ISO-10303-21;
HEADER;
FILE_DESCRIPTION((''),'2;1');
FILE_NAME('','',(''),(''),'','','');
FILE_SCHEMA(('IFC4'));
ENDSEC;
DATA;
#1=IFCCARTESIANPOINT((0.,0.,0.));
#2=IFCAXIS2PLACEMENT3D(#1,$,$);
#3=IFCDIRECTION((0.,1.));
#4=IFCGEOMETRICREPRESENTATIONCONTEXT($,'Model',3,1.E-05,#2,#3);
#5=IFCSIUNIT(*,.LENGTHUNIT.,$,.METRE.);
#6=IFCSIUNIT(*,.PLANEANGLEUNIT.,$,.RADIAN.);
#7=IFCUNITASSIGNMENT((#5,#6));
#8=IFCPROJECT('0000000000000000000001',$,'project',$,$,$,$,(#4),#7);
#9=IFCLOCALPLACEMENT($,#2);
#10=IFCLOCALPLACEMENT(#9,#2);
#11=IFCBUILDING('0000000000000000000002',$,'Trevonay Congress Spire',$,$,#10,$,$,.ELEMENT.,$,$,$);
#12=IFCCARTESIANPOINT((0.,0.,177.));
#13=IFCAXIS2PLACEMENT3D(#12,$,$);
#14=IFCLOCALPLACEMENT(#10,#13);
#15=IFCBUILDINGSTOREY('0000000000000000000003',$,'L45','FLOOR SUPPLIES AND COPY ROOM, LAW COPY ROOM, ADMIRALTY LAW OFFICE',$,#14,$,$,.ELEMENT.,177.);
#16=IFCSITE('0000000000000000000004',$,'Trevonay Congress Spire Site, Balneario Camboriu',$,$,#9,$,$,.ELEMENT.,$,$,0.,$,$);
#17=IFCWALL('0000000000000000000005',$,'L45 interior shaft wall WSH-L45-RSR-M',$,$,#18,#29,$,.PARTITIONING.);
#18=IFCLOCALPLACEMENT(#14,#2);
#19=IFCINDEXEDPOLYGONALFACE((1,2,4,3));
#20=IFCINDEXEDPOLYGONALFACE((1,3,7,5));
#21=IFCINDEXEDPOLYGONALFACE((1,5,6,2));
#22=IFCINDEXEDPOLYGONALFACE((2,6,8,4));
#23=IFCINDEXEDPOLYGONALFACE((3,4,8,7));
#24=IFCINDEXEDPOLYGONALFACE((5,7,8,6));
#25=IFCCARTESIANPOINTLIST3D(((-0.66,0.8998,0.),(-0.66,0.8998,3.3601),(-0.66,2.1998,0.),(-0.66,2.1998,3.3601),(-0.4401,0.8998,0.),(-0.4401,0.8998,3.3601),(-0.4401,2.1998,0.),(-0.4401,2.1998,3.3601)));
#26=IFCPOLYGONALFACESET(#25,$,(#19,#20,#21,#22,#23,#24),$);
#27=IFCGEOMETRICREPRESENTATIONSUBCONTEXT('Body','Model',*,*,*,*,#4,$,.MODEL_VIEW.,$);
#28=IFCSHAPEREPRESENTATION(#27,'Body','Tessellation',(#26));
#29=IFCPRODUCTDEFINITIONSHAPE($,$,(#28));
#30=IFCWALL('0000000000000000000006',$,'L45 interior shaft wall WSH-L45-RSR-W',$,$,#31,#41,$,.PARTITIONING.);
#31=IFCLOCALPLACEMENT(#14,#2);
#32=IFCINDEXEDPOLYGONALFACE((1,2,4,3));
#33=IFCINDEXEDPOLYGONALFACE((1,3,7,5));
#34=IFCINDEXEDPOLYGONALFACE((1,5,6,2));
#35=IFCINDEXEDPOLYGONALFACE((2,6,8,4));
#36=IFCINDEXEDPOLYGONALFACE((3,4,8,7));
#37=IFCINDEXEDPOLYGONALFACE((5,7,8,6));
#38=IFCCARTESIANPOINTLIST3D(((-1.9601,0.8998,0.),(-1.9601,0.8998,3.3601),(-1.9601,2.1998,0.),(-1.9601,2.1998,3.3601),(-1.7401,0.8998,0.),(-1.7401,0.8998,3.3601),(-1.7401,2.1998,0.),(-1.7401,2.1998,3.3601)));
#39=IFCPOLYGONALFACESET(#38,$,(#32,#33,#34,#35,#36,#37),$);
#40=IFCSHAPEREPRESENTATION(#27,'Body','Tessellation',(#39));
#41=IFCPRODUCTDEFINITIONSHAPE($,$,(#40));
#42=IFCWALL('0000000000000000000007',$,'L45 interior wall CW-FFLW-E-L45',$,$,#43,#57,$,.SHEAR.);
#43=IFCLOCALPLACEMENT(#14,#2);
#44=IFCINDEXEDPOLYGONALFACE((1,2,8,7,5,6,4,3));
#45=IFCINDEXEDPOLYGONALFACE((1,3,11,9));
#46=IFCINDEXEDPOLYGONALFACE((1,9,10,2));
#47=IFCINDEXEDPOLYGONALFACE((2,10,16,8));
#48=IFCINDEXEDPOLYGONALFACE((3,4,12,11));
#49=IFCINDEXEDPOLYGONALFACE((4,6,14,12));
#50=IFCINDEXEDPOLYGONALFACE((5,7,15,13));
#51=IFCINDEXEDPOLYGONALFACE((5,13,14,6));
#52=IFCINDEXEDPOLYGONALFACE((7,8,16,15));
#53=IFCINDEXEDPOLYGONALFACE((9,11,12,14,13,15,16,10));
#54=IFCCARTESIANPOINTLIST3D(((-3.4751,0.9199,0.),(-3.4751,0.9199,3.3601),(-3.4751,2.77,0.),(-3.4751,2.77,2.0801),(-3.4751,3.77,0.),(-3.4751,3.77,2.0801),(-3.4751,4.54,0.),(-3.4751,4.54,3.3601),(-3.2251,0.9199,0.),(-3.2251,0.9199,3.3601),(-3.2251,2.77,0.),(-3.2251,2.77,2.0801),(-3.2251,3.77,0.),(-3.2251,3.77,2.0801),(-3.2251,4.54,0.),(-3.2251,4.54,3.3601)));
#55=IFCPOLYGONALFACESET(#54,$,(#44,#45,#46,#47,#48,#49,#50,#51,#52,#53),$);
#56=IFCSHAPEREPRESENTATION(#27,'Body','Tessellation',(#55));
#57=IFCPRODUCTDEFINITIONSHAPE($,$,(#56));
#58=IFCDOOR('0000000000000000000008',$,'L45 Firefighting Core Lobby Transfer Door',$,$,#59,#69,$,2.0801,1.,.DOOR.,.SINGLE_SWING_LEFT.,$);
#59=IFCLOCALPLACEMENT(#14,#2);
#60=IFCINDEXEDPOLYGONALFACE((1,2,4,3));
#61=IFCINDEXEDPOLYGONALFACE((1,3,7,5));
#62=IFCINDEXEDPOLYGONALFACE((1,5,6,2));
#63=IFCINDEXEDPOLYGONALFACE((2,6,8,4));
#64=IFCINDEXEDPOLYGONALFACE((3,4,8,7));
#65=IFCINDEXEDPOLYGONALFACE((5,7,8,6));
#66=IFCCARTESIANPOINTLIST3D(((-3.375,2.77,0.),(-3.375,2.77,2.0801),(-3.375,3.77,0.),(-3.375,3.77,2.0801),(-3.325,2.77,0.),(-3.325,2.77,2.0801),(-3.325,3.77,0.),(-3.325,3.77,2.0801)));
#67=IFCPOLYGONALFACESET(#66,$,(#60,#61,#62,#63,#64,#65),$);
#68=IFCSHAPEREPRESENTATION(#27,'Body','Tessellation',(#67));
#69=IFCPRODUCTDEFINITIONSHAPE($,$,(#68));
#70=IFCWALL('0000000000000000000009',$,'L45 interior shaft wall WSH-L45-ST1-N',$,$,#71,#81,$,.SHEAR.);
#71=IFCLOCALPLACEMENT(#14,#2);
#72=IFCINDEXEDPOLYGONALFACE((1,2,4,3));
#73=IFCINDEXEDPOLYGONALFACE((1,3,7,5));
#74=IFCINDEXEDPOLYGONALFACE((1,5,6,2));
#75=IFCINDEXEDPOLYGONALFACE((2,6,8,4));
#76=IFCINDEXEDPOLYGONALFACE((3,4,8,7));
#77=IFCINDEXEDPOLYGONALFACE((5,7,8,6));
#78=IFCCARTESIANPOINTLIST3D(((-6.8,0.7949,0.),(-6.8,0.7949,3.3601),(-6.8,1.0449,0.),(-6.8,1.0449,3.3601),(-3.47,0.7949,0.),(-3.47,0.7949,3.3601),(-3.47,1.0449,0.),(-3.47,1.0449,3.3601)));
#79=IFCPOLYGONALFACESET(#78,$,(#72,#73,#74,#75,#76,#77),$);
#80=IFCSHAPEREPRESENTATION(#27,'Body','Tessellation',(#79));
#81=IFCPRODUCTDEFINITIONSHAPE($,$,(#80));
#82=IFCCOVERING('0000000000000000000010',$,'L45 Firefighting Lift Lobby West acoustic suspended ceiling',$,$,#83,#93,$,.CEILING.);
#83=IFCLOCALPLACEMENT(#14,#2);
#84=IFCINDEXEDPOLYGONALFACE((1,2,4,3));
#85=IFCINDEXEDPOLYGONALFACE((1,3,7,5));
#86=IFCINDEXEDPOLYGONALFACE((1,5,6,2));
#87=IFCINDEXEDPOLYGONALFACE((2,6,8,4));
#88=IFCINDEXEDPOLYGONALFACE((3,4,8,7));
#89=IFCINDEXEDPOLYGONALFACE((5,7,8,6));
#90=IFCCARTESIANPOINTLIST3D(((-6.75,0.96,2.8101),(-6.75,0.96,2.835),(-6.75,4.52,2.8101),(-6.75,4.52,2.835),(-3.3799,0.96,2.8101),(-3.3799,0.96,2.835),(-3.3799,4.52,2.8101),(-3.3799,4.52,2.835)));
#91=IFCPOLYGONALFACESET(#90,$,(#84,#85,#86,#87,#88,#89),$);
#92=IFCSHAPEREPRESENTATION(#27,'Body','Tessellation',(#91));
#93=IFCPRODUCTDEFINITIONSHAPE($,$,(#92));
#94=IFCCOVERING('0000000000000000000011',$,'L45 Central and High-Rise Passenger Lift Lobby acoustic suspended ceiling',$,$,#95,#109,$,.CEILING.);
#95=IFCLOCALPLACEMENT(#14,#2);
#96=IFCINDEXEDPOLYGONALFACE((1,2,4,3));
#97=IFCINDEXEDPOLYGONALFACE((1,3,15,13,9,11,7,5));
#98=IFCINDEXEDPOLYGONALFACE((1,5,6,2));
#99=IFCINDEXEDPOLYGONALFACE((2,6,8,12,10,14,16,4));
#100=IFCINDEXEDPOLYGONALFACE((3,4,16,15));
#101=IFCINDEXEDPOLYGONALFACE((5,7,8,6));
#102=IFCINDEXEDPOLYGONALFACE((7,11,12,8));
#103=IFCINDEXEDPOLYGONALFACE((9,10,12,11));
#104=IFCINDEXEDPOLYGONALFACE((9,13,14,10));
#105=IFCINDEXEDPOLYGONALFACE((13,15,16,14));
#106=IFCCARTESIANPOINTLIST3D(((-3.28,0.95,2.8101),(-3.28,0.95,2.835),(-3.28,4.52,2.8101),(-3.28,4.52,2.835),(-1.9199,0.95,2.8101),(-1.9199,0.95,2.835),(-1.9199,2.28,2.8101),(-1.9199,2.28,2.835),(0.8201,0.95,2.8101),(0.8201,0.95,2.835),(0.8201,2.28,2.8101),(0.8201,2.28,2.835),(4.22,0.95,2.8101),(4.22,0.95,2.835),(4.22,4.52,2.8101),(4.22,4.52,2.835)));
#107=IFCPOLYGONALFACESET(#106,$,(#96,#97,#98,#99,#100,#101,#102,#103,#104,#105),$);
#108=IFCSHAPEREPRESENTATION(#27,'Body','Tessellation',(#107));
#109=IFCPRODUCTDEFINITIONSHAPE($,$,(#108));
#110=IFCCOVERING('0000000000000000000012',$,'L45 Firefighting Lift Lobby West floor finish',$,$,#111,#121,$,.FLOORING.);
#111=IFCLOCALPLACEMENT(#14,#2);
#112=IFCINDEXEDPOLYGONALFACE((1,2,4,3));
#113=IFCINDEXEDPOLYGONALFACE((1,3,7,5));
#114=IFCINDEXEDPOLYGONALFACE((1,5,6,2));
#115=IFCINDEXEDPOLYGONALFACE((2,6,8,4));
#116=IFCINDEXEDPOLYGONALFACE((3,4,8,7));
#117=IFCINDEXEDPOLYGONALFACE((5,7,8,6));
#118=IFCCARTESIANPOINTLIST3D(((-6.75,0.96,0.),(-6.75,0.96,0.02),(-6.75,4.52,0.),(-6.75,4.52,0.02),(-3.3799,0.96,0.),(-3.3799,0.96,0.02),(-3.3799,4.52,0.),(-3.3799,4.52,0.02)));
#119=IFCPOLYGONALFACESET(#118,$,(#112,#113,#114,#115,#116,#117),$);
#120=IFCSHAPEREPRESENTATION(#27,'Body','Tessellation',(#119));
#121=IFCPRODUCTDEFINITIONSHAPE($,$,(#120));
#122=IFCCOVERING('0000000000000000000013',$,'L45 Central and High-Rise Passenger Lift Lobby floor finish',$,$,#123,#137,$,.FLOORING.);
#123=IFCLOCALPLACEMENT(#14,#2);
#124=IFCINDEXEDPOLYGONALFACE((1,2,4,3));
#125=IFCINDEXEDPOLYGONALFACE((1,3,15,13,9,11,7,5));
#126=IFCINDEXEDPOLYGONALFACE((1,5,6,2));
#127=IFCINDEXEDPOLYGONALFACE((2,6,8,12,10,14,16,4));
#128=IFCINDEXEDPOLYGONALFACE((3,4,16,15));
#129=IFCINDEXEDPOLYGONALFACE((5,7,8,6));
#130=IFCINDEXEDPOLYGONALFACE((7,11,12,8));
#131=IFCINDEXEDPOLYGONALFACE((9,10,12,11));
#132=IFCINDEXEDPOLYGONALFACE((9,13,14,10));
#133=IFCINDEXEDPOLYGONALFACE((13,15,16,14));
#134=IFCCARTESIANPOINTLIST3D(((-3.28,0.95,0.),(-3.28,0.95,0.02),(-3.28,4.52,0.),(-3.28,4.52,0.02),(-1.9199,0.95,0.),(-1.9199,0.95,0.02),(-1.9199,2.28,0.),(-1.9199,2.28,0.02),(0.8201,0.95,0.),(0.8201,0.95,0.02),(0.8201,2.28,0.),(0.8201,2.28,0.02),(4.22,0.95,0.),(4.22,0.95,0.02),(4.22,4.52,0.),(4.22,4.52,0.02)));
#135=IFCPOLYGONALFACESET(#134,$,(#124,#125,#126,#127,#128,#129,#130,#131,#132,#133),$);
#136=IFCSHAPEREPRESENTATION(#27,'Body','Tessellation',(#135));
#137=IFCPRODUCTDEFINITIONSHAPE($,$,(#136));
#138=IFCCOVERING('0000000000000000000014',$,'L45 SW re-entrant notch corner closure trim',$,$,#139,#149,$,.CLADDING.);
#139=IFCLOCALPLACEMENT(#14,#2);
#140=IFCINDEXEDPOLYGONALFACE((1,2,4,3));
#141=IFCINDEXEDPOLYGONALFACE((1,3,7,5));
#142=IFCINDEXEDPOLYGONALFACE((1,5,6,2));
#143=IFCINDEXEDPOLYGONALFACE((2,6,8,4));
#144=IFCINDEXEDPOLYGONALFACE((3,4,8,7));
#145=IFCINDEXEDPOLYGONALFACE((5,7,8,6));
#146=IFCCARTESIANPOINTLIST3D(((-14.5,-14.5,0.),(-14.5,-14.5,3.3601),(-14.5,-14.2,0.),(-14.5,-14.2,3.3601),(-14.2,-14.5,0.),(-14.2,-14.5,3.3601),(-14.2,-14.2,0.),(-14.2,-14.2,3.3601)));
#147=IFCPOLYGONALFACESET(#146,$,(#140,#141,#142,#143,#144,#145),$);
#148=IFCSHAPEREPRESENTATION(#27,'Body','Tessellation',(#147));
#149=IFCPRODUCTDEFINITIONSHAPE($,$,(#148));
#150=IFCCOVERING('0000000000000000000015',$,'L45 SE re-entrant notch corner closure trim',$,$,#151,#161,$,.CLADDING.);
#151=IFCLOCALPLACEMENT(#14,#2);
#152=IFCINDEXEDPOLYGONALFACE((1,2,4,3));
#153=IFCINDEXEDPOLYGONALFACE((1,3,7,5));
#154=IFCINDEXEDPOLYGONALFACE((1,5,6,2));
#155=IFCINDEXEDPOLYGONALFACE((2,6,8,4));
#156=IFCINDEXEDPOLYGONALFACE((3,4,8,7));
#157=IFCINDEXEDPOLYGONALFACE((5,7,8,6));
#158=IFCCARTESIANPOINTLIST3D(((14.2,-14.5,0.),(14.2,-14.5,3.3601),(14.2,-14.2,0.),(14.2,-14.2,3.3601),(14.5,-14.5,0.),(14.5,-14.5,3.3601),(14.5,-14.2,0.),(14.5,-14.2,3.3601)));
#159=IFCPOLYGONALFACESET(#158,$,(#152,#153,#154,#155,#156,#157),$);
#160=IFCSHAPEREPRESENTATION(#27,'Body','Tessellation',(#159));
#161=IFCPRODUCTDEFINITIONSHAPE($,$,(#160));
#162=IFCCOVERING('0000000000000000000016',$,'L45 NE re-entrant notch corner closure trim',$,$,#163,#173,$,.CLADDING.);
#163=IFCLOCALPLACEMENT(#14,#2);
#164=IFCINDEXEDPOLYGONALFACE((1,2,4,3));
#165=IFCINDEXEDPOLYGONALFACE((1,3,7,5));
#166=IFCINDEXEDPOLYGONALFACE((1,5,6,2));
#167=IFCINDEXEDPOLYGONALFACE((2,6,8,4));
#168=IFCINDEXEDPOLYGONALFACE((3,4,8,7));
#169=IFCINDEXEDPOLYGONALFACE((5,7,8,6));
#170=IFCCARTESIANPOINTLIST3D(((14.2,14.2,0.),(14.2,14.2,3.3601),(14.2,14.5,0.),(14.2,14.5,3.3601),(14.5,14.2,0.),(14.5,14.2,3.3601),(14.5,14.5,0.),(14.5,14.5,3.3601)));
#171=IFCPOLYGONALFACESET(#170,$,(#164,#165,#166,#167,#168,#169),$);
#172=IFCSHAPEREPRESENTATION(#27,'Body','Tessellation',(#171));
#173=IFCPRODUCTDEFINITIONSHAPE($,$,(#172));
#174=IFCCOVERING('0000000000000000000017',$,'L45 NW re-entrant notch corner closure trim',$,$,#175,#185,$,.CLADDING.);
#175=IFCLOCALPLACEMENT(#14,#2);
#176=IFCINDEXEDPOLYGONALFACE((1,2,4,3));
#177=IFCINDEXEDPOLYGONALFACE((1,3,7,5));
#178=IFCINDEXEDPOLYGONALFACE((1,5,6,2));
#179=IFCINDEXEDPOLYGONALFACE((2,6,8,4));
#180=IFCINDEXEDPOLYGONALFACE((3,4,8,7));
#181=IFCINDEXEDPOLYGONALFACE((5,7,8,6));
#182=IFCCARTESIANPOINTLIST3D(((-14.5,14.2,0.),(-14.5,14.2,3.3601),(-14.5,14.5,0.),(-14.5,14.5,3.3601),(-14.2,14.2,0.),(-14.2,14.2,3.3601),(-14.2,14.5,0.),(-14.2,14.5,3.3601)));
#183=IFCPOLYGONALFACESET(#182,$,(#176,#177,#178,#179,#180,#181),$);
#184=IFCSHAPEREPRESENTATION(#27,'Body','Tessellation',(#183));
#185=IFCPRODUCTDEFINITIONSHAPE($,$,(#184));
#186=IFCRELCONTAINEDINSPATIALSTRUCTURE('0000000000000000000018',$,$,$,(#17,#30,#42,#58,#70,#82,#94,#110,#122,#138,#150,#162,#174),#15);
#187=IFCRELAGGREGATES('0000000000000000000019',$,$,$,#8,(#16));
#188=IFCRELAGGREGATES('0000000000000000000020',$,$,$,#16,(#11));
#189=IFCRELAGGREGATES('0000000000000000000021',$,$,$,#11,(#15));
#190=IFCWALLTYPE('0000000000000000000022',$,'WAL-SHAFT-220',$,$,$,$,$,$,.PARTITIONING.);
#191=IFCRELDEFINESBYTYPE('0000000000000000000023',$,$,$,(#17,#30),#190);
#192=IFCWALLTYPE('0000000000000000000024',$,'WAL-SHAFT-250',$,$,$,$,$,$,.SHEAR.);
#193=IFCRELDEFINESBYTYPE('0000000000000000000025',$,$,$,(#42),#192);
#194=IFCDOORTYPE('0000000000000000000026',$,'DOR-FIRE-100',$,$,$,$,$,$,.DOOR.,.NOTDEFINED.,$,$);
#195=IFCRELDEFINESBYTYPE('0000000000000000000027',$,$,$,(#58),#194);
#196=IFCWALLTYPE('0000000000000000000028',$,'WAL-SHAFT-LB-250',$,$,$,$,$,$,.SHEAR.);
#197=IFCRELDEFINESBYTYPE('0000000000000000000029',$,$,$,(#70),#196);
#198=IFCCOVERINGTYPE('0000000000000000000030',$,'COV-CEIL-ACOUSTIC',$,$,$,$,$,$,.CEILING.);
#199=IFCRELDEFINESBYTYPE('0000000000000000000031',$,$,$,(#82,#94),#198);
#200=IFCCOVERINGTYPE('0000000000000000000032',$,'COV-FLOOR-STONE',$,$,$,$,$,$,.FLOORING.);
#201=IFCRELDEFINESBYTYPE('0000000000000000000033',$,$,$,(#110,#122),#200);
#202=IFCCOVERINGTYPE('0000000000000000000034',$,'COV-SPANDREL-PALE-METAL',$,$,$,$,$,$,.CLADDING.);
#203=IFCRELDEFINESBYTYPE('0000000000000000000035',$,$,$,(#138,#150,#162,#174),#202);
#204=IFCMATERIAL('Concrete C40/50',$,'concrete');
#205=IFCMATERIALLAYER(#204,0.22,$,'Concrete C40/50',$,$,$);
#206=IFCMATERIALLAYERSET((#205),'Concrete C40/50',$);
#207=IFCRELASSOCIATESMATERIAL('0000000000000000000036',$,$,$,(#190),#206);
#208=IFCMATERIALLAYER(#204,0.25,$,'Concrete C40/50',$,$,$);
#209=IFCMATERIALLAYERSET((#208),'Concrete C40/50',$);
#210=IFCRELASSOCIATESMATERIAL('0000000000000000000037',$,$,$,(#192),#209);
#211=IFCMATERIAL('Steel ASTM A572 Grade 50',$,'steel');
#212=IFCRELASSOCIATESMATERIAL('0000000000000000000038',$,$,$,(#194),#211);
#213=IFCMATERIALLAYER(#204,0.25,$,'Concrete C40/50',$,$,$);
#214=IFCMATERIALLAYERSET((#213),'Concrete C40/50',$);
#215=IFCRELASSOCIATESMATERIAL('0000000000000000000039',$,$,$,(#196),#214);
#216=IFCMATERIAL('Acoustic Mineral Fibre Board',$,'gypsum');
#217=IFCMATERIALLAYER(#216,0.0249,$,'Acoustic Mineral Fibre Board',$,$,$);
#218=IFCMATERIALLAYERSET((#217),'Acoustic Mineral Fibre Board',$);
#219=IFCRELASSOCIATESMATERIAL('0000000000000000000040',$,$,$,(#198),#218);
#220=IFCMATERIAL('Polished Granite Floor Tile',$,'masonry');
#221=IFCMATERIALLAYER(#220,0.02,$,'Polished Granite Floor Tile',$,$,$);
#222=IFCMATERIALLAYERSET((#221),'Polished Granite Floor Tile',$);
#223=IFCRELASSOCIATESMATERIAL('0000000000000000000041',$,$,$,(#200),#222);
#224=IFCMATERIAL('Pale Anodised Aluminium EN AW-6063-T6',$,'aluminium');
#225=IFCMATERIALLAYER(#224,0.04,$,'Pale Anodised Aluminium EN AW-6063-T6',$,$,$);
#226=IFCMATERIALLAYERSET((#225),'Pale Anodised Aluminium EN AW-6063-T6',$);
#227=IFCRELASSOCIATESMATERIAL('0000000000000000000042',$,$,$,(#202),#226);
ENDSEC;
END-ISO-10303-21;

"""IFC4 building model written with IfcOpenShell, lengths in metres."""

from ifc_helpers import new_model, si_unit, direction, frame, frame_2d, origin, place, context, subcontext, project, spatial, polyline, rectangle, outline, extrude, material, layer, layer_set, type_object, element, fill, save


model = new_model("IFC4")

# Units and contexts
model_context = context("Model", 3, precision=1e-05, world=origin(), true_north=direction((0.0, 1.0)))
body_context = subcontext(model_context, "Body", "Model", "MODEL_VIEW")
ifc_project = project(units=[si_unit("LENGTHUNIT", "METRE"), si_unit("PLANEANGLEUNIT", "RADIAN")], contexts=[model_context])

# Site, building, storey
site_placement = place(None, origin())
site = spatial("IfcSite", under=ifc_project, at=site_placement, Name="Trevonay Congress Spire Site, Balneario Camboriu", CompositionType="ELEMENT", RefElevation=0.0)
building_placement = place(site_placement, origin())
building = spatial("IfcBuilding", under=site, at=building_placement, Name="Trevonay Congress Spire", CompositionType="ELEMENT")
storey_placement = place(building_placement, frame((0.0, 0.0, 177.0)))
storey = spatial("IfcBuildingStorey", under=building, at=storey_placement, Name="L45", Description="FLOOR SUPPLIES AND COPY ROOM, LAW COPY ROOM, ADMIRALTY LAW OFFICE", CompositionType="ELEMENT", Elevation=177.0)

# Shared definitions
ifc_material_1 = material(Name="Steel ASTM A572 Grade 50", Category="steel")

# Shared definitions
ifc_material_2 = material(Name="Concrete C40/50", Category="concrete")

# Walls
ifc_layer_1 = layer(ifc_material_2, 0.22, Name="Concrete C40/50")
ifc_layer_set_1 = layer_set([ifc_layer_1], Name="Concrete C40/50")
wall_type_1 = type_object("IfcWallType", Name="WAL-SHAFT-220", PredefinedType="PARTITIONING", material=ifc_layer_set_1)
for number, where, z_axis, x_axis, name in (
    (1, (-0.55, 0.8999, 0.0), (0.0, 0.0, 1.0), (0.0, 1.0, 0.0), "L45 interior shaft wall WSH-L45-RSR-M"),
    (2, (-1.8501, 0.8999, 0.0), (0.0, 0.0, 1.0), (0.0, 1.0, 0.0), "L45 interior shaft wall WSH-L45-RSR-W"),
):
    element("IfcWall", number, at=place(storey_placement, frame(where, z_axis=z_axis, x_axis=x_axis)), inside=storey, type_object=wall_type_1, Name=name, PredefinedType="PARTITIONING", context=body_context, shape_type="SweptSolid", body=[
        extrude(rectangle(XDim=1.3, YDim=0.22, at=frame_2d((0.6499, 0.0))), origin(), (0.0, 0.0, 1.0), 3.3601),
    ])

# Wall, opening, door
ifc_layer_2 = layer(ifc_material_2, 0.25, Name="Concrete C40/50")
ifc_layer_set_2 = layer_set([ifc_layer_2], Name="Concrete C40/50")
wall_type_2 = type_object("IfcWallType", Name="WAL-SHAFT-250", PredefinedType="SHEAR", material=ifc_layer_set_2)
wall_1_placement = place(storey_placement, frame((-3.3501, 0.9199, 0.0), z_axis=(0.0, 0.0, 1.0), x_axis=(0.0, 1.0, 0.0)))
wall_1 = element("IfcWall", 3, at=wall_1_placement, inside=storey, type_object=wall_type_2, Name="L45 interior wall CW-FFLW-E-L45", PredefinedType="SHEAR", context=body_context, shape_type="SweptSolid", body=[
    extrude(rectangle(XDim=3.6201, YDim=0.25, at=frame_2d((1.8101, 0.0))), origin(), (0.0, 0.0, 1.0), 3.3601),
])
opening_placement = place(wall_1_placement, frame((1.8501, 0.0, 0.0)))
opening = element("IfcOpeningElement", 4, at=opening_placement, cuts=wall_1, PredefinedType="OPENING", context=body_context, shape_type="SweptSolid", body=[
    extrude(rectangle(XDim=1.0, YDim=2.0801, at=frame_2d((0.5, 1.04))), frame((0.0, 0.135, 0.0), z_axis=(0.0, -1.0, 0.0), x_axis=(1.0, 0.0, 0.0)), (0.0, 0.0, 1.0), 0.27),
])
door_type = type_object("IfcDoorType", Name="DOR-FIRE-100", OperationType="NOTDEFINED", PredefinedType="DOOR", material=ifc_material_1)
door_placement = place(opening_placement, origin())
door = element("IfcDoor", 5, at=door_placement, inside=storey, type_object=door_type, Name="L45 Firefighting Core Lobby Transfer Door", OperationType="SINGLE_SWING_LEFT", OverallHeight=2.0801, OverallWidth=1.0, PredefinedType="DOOR", context=body_context, shape_type="SweptSolid", body=[
    extrude(rectangle(XDim=1.0, YDim=2.0801, at=frame_2d((0.5, 1.04))), frame((0.0, 0.0249, 0.0), z_axis=(0.0, -1.0, 0.0), x_axis=(1.0, 0.0, 0.0)), (0.0, 0.0, 1.0), 0.05),
])
fill(opening, door)

# Wall
ifc_layer_3 = layer(ifc_material_2, 0.25, Name="Concrete C40/50")
ifc_layer_set_3 = layer_set([ifc_layer_3], Name="Concrete C40/50")
wall_type_3 = type_object("IfcWallType", Name="WAL-SHAFT-LB-250", PredefinedType="SHEAR", material=ifc_layer_set_3)
wall_2_placement = place(storey_placement, frame((-6.8, 0.9199, 0.0), z_axis=(0.0, 0.0, 1.0), x_axis=(1.0, 0.0, 0.0)))
element("IfcWall", 6, at=wall_2_placement, inside=storey, type_object=wall_type_3, Name="L45 interior shaft wall WSH-L45-ST1-N", PredefinedType="SHEAR", context=body_context, shape_type="SweptSolid", body=[
    extrude(rectangle(XDim=3.3301, YDim=0.25, at=frame_2d((1.665, 0.0))), origin(), (0.0, 0.0, 1.0), 3.3601),
])

# Coverings
ifc_material_3 = material(Name="Acoustic Mineral Fibre Board", Category="gypsum")
ifc_layer_4 = layer(ifc_material_3, 0.0249, Name="Acoustic Mineral Fibre Board")
ifc_layer_set_4 = layer_set([ifc_layer_4], Name="Acoustic Mineral Fibre Board")
covering_type_1 = type_object("IfcCoveringType", Name="COV-CEIL-ACOUSTIC", PredefinedType="CEILING", material=ifc_layer_set_4)
covering_1_placement = place(storey_placement, frame((0.0, 0.0, 2.8101)))
element("IfcCovering", 7, at=covering_1_placement, inside=storey, type_object=covering_type_1, Name="L45 Firefighting Lift Lobby West acoustic suspended ceiling", PredefinedType="CEILING", context=body_context, shape_type="SweptSolid", body=[
    extrude(outline(polyline([(-6.75, 0.96), (-3.3799, 0.96), (-3.3799, 4.52), (-6.75, 4.52), (-6.75, 0.96)])), origin(), (0.0, 0.0, 1.0), 0.0249),
])
covering_2_placement = place(storey_placement, frame((0.0, 0.0, 2.8101)))
element("IfcCovering", 8, at=covering_2_placement, inside=storey, type_object=covering_type_1, Name="L45 Central and High-Rise Passenger Lift Lobby acoustic suspended ceiling", PredefinedType="CEILING", context=body_context, shape_type="SweptSolid", body=[
    extrude(outline(polyline([(-3.28, 0.95), (-1.9199, 0.95), (-1.9199, 2.28), (0.8201, 2.28), (0.8201, 0.95), (4.22, 0.95), (4.22, 4.52), (-3.28, 4.52), (-3.28, 0.95)])), origin(), (0.0, 0.0, 1.0), 0.0249),
])
ifc_material_4 = material(Name="Polished Granite Floor Tile", Category="masonry")
ifc_layer_5 = layer(ifc_material_4, 0.02, Name="Polished Granite Floor Tile")
ifc_layer_set_5 = layer_set([ifc_layer_5], Name="Polished Granite Floor Tile")
covering_type_2 = type_object("IfcCoveringType", Name="COV-FLOOR-STONE", PredefinedType="FLOORING", material=ifc_layer_set_5)
covering_3_placement = place(storey_placement, origin())
element("IfcCovering", 9, at=covering_3_placement, inside=storey, type_object=covering_type_2, Name="L45 Firefighting Lift Lobby West floor finish", PredefinedType="FLOORING", context=body_context, shape_type="SweptSolid", body=[
    extrude(outline(polyline([(-6.75, 0.96), (-3.3799, 0.96), (-3.3799, 4.52), (-6.75, 4.52), (-6.75, 0.96)])), origin(), (0.0, 0.0, 1.0), 0.02),
])
covering_4_placement = place(storey_placement, origin())
element("IfcCovering", 10, at=covering_4_placement, inside=storey, type_object=covering_type_2, Name="L45 Central and High-Rise Passenger Lift Lobby floor finish", PredefinedType="FLOORING", context=body_context, shape_type="SweptSolid", body=[
    extrude(outline(polyline([(-3.28, 0.95), (-1.9199, 0.95), (-1.9199, 2.28), (0.8201, 2.28), (0.8201, 0.95), (4.22, 0.95), (4.22, 4.52), (-3.28, 4.52), (-3.28, 0.95)])), origin(), (0.0, 0.0, 1.0), 0.02),
])
ifc_material_5 = material(Name="Pale Anodised Aluminium EN AW-6063-T6", Category="aluminium")
ifc_layer_6 = layer(ifc_material_5, 0.04, Name="Pale Anodised Aluminium EN AW-6063-T6")
ifc_layer_set_6 = layer_set([ifc_layer_6], Name="Pale Anodised Aluminium EN AW-6063-T6")
covering_type_3 = type_object("IfcCoveringType", Name="COV-SPANDREL-PALE-METAL", PredefinedType="CLADDING", material=ifc_layer_set_6)
covering_5_placement = place(storey_placement, origin())
element("IfcCovering", 11, at=covering_5_placement, inside=storey, type_object=covering_type_3, Name="L45 SW re-entrant notch corner closure trim", PredefinedType="CLADDING", context=body_context, shape_type="SweptSolid", body=[
    extrude(outline(polyline([(-14.5, -14.5), (-14.2, -14.5), (-14.2, -14.2), (-14.5, -14.2), (-14.5, -14.5)])), origin(), (0.0, 0.0, 1.0), 3.3601),
])
covering_6_placement = place(storey_placement, origin())
element("IfcCovering", 12, at=covering_6_placement, inside=storey, type_object=covering_type_3, Name="L45 SE re-entrant notch corner closure trim", PredefinedType="CLADDING", context=body_context, shape_type="SweptSolid", body=[
    extrude(outline(polyline([(14.2, -14.5), (14.5, -14.5), (14.5, -14.2), (14.2, -14.2), (14.2, -14.5)])), origin(), (0.0, 0.0, 1.0), 3.3601),
])
covering_7_placement = place(storey_placement, origin())
element("IfcCovering", 13, at=covering_7_placement, inside=storey, type_object=covering_type_3, Name="L45 NE re-entrant notch corner closure trim", PredefinedType="CLADDING", context=body_context, shape_type="SweptSolid", body=[
    extrude(outline(polyline([(14.2, 14.2), (14.5, 14.2), (14.5, 14.5), (14.2, 14.5), (14.2, 14.2)])), origin(), (0.0, 0.0, 1.0), 3.3601),
])
covering_8_placement = place(storey_placement, origin())
element("IfcCovering", 14, at=covering_8_placement, inside=storey, type_object=covering_type_3, Name="L45 NW re-entrant notch corner closure trim", PredefinedType="CLADDING", context=body_context, shape_type="SweptSolid", body=[
    extrude(outline(polyline([(-14.5, 14.2), (-14.2, 14.2), (-14.2, 14.5), (-14.5, 14.5), (-14.5, 14.2)])), origin(), (0.0, 0.0, 1.0), 3.3601),
])

save(model, "model.ifc")
